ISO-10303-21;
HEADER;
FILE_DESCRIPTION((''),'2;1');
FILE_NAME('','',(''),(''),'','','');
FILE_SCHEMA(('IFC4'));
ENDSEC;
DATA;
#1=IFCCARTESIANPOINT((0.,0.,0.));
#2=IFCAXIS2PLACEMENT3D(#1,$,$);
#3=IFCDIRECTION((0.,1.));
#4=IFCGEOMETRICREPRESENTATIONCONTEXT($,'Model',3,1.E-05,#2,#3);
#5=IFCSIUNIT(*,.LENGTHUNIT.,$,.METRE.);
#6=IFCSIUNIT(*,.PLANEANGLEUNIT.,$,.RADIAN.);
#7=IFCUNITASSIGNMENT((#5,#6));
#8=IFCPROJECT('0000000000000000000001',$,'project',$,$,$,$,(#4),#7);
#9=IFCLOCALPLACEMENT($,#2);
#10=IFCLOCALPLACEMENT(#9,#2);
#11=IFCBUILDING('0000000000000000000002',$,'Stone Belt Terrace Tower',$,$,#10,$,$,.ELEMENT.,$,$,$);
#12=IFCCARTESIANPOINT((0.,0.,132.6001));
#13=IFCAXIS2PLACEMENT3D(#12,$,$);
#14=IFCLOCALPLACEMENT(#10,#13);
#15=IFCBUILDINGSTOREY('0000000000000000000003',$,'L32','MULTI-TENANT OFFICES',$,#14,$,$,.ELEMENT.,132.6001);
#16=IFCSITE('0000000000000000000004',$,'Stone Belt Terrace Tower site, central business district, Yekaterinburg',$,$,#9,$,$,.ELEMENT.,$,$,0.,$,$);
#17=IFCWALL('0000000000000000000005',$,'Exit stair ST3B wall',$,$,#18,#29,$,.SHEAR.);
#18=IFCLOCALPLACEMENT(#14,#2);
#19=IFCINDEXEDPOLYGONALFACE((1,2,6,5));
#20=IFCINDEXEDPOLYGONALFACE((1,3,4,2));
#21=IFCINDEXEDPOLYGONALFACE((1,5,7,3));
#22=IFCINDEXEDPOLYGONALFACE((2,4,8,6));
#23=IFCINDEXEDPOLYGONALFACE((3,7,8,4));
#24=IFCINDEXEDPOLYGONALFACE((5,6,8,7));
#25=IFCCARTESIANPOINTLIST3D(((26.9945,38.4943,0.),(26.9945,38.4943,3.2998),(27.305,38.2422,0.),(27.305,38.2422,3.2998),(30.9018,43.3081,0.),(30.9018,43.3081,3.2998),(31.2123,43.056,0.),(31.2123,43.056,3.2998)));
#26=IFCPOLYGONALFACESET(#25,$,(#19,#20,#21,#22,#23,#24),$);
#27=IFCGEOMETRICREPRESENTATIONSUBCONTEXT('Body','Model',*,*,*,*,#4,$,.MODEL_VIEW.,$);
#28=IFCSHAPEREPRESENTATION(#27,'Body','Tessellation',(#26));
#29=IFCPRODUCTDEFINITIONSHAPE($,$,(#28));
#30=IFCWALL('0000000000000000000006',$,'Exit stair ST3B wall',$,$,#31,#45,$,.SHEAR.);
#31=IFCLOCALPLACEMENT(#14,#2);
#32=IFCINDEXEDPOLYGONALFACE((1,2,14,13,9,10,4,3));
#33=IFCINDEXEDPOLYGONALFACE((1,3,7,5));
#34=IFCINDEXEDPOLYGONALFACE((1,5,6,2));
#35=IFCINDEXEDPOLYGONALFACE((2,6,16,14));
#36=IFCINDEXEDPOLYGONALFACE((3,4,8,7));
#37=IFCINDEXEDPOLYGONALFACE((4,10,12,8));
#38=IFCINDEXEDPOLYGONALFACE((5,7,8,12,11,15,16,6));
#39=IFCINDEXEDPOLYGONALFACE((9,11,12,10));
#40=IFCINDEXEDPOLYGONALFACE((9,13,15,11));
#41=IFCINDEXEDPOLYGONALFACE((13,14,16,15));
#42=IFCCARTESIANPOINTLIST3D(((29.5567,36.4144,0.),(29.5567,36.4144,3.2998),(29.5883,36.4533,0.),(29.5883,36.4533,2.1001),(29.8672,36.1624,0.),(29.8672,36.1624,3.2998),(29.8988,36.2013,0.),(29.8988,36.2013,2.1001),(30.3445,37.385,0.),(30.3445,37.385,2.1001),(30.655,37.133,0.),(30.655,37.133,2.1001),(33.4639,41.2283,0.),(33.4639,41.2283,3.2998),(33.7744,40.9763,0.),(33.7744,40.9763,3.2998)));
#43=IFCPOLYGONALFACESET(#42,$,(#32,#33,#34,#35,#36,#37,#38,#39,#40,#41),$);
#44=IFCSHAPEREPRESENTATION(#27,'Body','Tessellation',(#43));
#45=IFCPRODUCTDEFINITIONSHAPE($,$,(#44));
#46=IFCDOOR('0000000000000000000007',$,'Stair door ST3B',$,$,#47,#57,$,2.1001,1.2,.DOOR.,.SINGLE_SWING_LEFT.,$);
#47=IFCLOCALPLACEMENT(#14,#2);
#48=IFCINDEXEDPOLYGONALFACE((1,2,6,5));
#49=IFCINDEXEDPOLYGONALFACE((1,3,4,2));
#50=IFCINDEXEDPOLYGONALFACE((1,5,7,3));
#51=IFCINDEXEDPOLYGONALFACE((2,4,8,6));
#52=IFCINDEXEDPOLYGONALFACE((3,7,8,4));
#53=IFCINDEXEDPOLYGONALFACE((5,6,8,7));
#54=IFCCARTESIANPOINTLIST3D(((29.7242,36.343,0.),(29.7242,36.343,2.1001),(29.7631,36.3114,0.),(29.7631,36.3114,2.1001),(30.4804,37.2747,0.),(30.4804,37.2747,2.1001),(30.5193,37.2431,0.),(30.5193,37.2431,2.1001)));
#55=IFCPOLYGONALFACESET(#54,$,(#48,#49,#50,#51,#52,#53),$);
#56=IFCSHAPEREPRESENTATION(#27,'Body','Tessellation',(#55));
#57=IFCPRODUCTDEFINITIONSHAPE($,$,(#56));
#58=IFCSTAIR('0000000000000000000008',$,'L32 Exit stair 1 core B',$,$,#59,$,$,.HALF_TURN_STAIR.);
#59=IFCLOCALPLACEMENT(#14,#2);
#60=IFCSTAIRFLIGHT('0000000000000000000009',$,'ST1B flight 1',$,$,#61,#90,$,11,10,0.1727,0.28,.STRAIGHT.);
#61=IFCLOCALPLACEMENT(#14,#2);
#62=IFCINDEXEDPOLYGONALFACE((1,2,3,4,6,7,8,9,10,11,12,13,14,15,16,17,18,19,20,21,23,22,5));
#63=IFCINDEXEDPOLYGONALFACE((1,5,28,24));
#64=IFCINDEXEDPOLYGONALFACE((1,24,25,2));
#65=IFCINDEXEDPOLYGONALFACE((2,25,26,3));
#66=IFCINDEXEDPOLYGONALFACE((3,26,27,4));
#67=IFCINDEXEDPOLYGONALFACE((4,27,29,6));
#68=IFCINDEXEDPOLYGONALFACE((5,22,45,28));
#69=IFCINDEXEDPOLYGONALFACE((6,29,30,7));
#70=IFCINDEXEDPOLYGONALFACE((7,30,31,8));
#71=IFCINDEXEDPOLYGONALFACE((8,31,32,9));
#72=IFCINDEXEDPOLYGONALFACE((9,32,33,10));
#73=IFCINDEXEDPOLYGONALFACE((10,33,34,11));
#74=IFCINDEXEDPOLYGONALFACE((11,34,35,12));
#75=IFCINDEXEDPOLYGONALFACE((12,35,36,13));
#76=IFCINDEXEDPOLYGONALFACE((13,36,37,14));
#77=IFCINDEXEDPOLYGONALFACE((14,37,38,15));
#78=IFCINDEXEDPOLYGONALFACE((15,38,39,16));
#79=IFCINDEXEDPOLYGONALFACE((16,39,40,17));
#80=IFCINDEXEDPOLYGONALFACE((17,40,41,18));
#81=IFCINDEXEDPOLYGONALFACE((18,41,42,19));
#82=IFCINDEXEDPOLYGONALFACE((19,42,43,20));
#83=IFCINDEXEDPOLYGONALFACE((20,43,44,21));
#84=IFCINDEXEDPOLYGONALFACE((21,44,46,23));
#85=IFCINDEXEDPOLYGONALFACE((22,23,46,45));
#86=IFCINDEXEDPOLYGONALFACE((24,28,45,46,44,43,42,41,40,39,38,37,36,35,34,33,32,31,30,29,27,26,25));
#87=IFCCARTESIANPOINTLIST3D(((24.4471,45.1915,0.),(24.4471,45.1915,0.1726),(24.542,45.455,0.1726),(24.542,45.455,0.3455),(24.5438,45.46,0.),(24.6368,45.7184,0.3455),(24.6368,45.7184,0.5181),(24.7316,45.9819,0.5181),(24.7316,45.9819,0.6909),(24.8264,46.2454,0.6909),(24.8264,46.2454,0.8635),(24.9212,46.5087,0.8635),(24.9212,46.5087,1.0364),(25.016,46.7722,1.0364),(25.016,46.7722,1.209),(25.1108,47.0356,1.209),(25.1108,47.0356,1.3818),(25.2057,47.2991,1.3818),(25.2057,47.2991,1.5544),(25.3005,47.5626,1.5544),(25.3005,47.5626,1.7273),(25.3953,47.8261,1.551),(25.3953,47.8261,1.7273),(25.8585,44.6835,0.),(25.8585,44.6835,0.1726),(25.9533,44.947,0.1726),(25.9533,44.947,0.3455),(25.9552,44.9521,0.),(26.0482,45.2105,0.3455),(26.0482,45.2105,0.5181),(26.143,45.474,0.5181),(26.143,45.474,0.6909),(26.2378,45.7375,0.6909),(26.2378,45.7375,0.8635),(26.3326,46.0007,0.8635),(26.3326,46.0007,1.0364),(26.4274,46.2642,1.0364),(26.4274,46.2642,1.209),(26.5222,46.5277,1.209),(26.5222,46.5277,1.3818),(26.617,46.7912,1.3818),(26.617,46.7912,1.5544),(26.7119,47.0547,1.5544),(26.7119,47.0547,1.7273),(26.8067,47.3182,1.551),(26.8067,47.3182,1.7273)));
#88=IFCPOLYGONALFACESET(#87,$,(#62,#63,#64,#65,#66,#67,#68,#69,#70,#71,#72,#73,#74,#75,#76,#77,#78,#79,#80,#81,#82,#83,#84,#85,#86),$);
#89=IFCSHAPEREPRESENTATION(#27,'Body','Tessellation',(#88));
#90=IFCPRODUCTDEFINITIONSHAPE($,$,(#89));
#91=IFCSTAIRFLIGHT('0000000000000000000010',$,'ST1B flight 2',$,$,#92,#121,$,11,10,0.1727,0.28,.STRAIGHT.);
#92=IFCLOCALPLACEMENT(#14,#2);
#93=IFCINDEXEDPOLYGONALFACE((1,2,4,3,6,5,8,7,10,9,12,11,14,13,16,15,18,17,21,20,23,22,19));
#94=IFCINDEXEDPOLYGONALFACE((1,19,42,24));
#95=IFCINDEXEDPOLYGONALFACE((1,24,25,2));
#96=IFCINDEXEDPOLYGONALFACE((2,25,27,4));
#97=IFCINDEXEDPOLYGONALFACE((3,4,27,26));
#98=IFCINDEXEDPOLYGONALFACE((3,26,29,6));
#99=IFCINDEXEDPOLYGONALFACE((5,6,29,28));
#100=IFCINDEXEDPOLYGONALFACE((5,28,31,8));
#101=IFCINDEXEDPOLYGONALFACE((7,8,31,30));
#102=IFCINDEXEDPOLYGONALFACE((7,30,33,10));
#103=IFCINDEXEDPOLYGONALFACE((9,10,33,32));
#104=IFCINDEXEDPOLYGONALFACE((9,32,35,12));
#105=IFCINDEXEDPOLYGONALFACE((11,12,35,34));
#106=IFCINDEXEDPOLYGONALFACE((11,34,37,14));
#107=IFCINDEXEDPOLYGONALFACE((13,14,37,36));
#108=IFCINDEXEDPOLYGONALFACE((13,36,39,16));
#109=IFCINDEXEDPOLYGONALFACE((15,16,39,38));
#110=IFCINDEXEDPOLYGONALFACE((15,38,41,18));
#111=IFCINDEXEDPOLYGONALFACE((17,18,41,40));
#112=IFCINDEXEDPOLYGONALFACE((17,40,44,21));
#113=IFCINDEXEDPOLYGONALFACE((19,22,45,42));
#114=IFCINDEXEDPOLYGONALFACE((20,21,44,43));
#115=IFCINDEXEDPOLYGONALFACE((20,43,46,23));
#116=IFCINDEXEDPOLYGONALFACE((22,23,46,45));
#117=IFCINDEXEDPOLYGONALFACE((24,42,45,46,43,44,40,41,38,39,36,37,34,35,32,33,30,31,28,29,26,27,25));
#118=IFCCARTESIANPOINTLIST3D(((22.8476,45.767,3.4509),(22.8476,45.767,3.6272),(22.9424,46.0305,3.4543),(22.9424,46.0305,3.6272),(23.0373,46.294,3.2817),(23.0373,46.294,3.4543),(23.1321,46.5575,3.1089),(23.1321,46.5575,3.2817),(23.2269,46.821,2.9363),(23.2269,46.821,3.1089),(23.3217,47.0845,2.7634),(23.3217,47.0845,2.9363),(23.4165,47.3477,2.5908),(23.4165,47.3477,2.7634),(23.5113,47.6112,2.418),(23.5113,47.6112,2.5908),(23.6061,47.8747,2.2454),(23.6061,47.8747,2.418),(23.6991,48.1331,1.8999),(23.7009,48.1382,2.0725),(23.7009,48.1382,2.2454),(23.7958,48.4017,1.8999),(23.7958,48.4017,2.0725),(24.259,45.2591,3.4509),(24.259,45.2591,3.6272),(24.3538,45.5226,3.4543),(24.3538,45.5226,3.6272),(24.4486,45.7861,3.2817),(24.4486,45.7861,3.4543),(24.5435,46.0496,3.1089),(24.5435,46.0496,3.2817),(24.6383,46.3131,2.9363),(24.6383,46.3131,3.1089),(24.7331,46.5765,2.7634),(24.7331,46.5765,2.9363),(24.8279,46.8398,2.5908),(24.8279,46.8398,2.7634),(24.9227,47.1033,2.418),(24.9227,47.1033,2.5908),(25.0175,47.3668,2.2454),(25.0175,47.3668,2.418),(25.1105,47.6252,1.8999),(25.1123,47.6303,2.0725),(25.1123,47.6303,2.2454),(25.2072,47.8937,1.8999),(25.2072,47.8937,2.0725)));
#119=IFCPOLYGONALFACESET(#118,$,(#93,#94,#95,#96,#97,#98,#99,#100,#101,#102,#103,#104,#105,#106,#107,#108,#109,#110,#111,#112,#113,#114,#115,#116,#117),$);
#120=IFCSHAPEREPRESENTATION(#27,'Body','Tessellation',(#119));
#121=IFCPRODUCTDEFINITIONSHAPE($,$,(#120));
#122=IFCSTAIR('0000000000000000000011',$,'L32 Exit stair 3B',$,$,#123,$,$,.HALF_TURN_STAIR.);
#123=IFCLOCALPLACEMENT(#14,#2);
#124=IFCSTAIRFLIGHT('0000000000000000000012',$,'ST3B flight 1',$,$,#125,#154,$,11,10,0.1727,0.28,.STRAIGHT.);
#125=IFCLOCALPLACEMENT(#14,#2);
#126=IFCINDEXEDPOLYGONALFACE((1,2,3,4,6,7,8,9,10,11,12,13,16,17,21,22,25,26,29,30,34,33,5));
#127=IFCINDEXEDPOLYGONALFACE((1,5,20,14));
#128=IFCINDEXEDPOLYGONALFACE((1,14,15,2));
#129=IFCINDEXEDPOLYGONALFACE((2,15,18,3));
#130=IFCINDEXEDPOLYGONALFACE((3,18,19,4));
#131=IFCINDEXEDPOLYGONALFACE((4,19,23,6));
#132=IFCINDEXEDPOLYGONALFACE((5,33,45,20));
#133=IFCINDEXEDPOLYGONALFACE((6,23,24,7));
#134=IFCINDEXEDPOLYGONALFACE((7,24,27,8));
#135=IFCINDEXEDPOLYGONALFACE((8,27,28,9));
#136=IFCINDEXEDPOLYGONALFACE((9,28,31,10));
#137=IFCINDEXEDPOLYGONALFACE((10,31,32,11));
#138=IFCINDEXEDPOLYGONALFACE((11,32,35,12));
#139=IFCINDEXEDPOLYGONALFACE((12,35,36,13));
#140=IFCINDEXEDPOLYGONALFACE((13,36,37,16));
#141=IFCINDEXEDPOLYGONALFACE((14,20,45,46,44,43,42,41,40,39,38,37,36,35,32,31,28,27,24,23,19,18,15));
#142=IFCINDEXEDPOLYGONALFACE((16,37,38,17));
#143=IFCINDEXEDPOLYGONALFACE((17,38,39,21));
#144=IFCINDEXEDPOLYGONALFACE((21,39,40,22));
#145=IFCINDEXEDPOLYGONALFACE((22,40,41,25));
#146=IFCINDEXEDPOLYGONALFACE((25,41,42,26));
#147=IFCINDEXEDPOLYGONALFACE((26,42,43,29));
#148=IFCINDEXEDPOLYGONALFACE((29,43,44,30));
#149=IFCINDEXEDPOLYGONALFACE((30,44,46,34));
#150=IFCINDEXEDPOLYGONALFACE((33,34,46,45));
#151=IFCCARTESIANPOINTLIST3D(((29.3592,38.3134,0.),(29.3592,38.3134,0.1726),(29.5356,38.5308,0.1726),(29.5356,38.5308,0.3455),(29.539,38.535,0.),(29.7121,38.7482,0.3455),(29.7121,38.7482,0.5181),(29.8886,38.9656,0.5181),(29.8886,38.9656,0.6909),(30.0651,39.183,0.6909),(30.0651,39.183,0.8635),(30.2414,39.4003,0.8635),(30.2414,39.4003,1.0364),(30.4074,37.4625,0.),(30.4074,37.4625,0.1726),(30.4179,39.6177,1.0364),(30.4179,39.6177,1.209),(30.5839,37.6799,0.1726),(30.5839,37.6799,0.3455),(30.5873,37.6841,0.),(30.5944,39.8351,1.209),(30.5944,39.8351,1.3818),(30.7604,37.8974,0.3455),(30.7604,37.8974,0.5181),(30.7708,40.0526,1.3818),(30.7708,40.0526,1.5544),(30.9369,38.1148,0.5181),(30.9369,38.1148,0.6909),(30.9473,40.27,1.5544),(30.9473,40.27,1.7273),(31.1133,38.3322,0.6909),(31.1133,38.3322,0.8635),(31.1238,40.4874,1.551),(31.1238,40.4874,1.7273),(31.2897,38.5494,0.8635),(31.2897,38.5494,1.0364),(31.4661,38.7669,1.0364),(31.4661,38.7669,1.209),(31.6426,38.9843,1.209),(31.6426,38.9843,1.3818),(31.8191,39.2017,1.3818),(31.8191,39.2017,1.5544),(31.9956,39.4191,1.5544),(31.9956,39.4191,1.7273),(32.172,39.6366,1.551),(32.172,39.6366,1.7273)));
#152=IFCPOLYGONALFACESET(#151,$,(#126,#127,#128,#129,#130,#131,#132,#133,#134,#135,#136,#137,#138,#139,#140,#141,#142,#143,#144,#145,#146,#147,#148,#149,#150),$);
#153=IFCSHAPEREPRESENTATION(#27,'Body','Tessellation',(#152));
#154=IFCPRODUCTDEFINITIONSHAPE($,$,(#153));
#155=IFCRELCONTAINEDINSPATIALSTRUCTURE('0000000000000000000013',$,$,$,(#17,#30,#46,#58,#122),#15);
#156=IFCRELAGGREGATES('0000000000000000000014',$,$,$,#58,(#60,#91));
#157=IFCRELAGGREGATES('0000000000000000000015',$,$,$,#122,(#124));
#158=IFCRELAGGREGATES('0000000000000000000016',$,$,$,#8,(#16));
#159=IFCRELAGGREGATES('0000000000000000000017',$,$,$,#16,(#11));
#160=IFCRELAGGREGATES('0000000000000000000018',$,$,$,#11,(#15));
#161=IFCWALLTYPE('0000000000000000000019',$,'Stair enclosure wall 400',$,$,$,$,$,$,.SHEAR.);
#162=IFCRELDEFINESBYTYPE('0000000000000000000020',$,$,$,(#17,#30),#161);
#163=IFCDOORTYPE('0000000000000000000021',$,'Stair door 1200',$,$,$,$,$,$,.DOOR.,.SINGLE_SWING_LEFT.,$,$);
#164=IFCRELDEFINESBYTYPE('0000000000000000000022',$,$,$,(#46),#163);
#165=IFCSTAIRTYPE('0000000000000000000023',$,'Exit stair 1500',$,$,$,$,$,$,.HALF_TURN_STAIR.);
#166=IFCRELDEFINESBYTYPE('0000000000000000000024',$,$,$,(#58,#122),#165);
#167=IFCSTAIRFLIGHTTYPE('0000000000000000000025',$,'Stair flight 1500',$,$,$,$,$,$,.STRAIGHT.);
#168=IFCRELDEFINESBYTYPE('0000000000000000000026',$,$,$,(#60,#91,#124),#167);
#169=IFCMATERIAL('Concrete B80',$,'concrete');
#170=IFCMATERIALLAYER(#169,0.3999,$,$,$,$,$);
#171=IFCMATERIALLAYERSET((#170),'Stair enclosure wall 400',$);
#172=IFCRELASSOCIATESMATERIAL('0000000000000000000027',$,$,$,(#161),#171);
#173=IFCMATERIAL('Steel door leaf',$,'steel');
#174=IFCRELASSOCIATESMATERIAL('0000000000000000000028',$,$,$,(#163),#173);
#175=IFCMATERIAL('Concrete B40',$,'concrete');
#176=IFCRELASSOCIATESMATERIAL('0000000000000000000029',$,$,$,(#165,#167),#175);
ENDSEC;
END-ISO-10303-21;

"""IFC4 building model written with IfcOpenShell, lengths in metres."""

from ifc_helpers import new_model, si_unit, direction, frame, frame_2d, origin, place, context, subcontext, project, spatial, polyline, rectangle, outline, extrude, material, layer, layer_set, type_object, element, fill, aggregate, save


model = new_model("IFC4")

# Units and contexts
model_context = context("Model", 3, precision=1e-05, world=origin(), true_north=direction((0.0, 1.0)))
body_context = subcontext(model_context, "Body", "Model", "MODEL_VIEW")
ifc_project = project(units=[si_unit("LENGTHUNIT", "METRE"), si_unit("PLANEANGLEUNIT", "RADIAN")], contexts=[model_context])

# Site, building, storey
site_placement = place(None, origin())
site = spatial("IfcSite", under=ifc_project, at=site_placement, Name="Stone Belt Terrace Tower site, central business district, Yekaterinburg", CompositionType="ELEMENT", RefElevation=0.0)
building_placement = place(site_placement, origin())
building = spatial("IfcBuilding", under=site, at=building_placement, Name="Stone Belt Terrace Tower", CompositionType="ELEMENT")
storey_placement = place(building_placement, frame((0.0, 0.0, 132.6001)))
storey = spatial("IfcBuildingStorey", under=building, at=storey_placement, Name="L32", Description="MULTI-TENANT OFFICES", CompositionType="ELEMENT", Elevation=132.6001)

# Shared definitions
ifc_material_1 = material(Name="Concrete B80", Category="concrete")

# Shared definitions
ifc_layer_1 = layer(ifc_material_1, 0.3999)
ifc_layer_set_1 = layer_set([ifc_layer_1], Name="Stair enclosure wall 400")
wall_type_1 = type_object("IfcWallType", Name="Stair enclosure wall 400", PredefinedType="SHEAR", material=ifc_layer_set_1)

# Shared definitions
ifc_material_2 = material(Name="Steel door leaf", Category="steel")
door_type_1 = type_object("IfcDoorType", Name="Stair door 1200", OperationType="SINGLE_SWING_LEFT", PredefinedType="DOOR", material=ifc_material_2)

# Wall
wall_1_placement = place(storey_placement, frame((27.1497, 38.3682, 0.0), z_axis=(0.0, 0.0, 1.0), x_axis=(0.630212, 0.776423, 0.0)))
element("IfcWall", 1, at=wall_1_placement, inside=storey, type_object=wall_type_1, Name="Exit stair ST3B wall", PredefinedType="SHEAR", context=body_context, shape_type="SweptSolid", body=[
    extrude(rectangle(XDim=6.2, YDim=0.3999, at=frame_2d((3.1001, 0.0))), origin(), (0.0, 0.0, 1.0), 3.2998),
])

# Wall, opening, door
wall_2_placement = place(storey_placement, frame((29.7119, 36.2883, 0.0), z_axis=(0.0, 0.0, 1.0), x_axis=(0.630192, 0.776439, 0.0)))
wall_2 = element("IfcWall", 2, at=wall_2_placement, inside=storey, type_object=wall_type_1, Name="Exit stair ST3B wall", PredefinedType="SHEAR", context=body_context, shape_type="SweptSolid", body=[
    extrude(rectangle(XDim=6.2, YDim=0.3999, at=frame_2d((3.1001, 0.0))), origin(), (0.0, 0.0, 1.0), 3.2998),
])
opening_1_placement = place(wall_2_placement, frame((0.05, 0.0, 0.0)))
opening_1 = element("IfcOpeningElement", 3, at=opening_1_placement, cuts=wall_2, PredefinedType="OPENING", context=body_context, shape_type="SweptSolid", body=[
    extrude(rectangle(XDim=1.2, YDim=2.1001, at=frame_2d((0.6001, 1.05))), frame((0.0, 0.21, 0.0), z_axis=(0.0, -1.0, 0.0), x_axis=(1.0, 0.0, 0.0)), (0.0, 0.0, 1.0), 0.4199),
])
door_1_placement = place(opening_1_placement, origin())
door_1 = element("IfcDoor", 4, at=door_1_placement, inside=storey, type_object=door_type_1, Name="Stair door ST3B", OperationType="SINGLE_SWING_LEFT", OverallHeight=2.1001, OverallWidth=1.2, PredefinedType="DOOR", context=body_context, shape_type="SweptSolid", body=[
    extrude(rectangle(XDim=1.2, YDim=2.1001, at=frame_2d((0.6001, 1.05))), frame((0.0, 0.0249, 0.0), z_axis=(0.0, -1.0, 0.0), x_axis=(1.0, 0.0, 0.0)), (0.0, 0.0, 1.0), 0.05),
])
fill(opening_1, door_1)

# Stair, stair flights
ifc_material_3 = material(Name="Concrete B40", Category="concrete")
stair_type = type_object("IfcStairType", Name="Exit stair 1500", PredefinedType="HALF_TURN_STAIR", material=ifc_material_3)
stair_1_placement = place(storey_placement, origin())
stair_1 = element("IfcStair", 5, at=stair_1_placement, inside=storey, type_object=stair_type, Name="L32 Exit stair 1 core B", PredefinedType="HALF_TURN_STAIR")
stair_flight_type = type_object("IfcStairFlightType", Name="Stair flight 1500", PredefinedType="STRAIGHT", material=ifc_material_3)
stair_flight_1_placement = place(storey_placement, frame((25.1528, 44.9375, 0.0), z_axis=(0.0, 0.0, 1.0), x_axis=(0.338624, 0.940922, 0.0)))
stair_flight_1 = element("IfcStairFlight", 6, at=stair_flight_1_placement, type_object=stair_flight_type, Name="ST1B flight 1", NumberOfRisers=11, NumberOfTreads=10, PredefinedType="STRAIGHT", RiserHeight=0.1727, TreadLength=0.28, context=body_context, shape_type="SweptSolid", body=[
    extrude(outline(polyline([(0.0, 0.0), (0.0, 0.1726), (0.28, 0.1726), (0.28, 0.3455), (0.5601, 0.3455), (0.5601, 0.5181), (0.8401, 0.5181), (0.8401, 0.6909), (1.1201, 0.6909), (1.1201, 0.8635), (1.3999, 0.8635), (1.3999, 1.0364), (1.6799, 1.0364), (1.6799, 1.209), (1.96, 1.209), (1.96, 1.3818), (2.24, 1.3818), (2.24, 1.5544), (2.52, 1.5544), (2.52, 1.7273), (2.8, 1.7273), (2.8, 1.8999), (2.8, 1.551), (0.2854, 0.0), (0.0, 0.0)])), frame((0.0, 0.75, 0.0), z_axis=(0.0, -1.0, 0.0), x_axis=(1.0, 0.0, 0.0)), (0.0, 0.0, 1.0), 1.5),
])
stair_flight_2_placement = place(storey_placement, frame((24.5015, 48.1477, 1.8999), z_axis=(0.0, 0.0, 1.0), x_axis=(-0.338624, -0.940922, 0.0)))
stair_flight_2 = element("IfcStairFlight", 7, at=stair_flight_2_placement, type_object=stair_flight_type, Name="ST1B flight 2", NumberOfRisers=11, NumberOfTreads=10, PredefinedType="STRAIGHT", RiserHeight=0.1727, TreadLength=0.28, context=body_context, shape_type="SweptSolid", body=[
    extrude(outline(polyline([(0.0, 0.0), (0.0, 0.1726), (0.28, 0.1726), (0.28, 0.3455), (0.5601, 0.3455), (0.5601, 0.5181), (0.8401, 0.5181), (0.8401, 0.6909), (1.1201, 0.6909), (1.1201, 0.8635), (1.3999, 0.8635), (1.3999, 1.0364), (1.6799, 1.0364), (1.6799, 1.209), (1.96, 1.209), (1.96, 1.3818), (2.24, 1.3818), (2.24, 1.5544), (2.52, 1.5544), (2.52, 1.7273), (2.8, 1.7273), (2.8, 1.8999), (2.8, 1.551), (0.2854, 0.0), (0.0, 0.0)])), frame((0.0, 0.75, 0.0), z_axis=(0.0, -1.0, 0.0), x_axis=(1.0, 0.0, 0.0)), (0.0, 0.0, 1.0), 1.5),
])
aggregate(stair_1, [stair_flight_1, stair_flight_2])

# Stair, stair flight
stair_2_placement = place(storey_placement, origin())
stair_2 = element("IfcStair", 8, at=stair_2_placement, inside=storey, type_object=stair_type, Name="L32 Exit stair 3B", PredefinedType="HALF_TURN_STAIR")
stair_flight_3_placement = place(storey_placement, frame((29.8833, 37.8879, 0.0), z_axis=(0.0, 0.0, 1.0), x_axis=(0.630206, 0.776428, 0.0)))
stair_flight_3 = element("IfcStairFlight", 9, at=stair_flight_3_placement, type_object=stair_flight_type, Name="ST3B flight 1", NumberOfRisers=11, NumberOfTreads=10, PredefinedType="STRAIGHT", RiserHeight=0.1727, TreadLength=0.28, context=body_context, shape_type="SweptSolid", body=[
    extrude(outline(polyline([(0.0, 0.0), (0.0, 0.1726), (0.28, 0.1726), (0.28, 0.3455), (0.5601, 0.3455), (0.5601, 0.5181), (0.8401, 0.5181), (0.8401, 0.6909), (1.1201, 0.6909), (1.1201, 0.8635), (1.3999, 0.8635), (1.3999, 1.0364), (1.6799, 1.0364), (1.6799, 1.209), (1.96, 1.209), (1.96, 1.3818), (2.24, 1.3818), (2.24, 1.5544), (2.52, 1.5544), (2.52, 1.7273), (2.8, 1.7273), (2.8, 1.8999), (2.8, 1.551), (0.2854, 0.0), (0.0, 0.0)])), frame((0.0, 0.675, 0.0), z_axis=(0.0, -1.0, 0.0), x_axis=(1.0, 0.0, 0.0)), (0.0, 0.0, 1.0), 1.3501),
])
aggregate(stair_2, [stair_flight_3])

save(model, "model.ifc")
